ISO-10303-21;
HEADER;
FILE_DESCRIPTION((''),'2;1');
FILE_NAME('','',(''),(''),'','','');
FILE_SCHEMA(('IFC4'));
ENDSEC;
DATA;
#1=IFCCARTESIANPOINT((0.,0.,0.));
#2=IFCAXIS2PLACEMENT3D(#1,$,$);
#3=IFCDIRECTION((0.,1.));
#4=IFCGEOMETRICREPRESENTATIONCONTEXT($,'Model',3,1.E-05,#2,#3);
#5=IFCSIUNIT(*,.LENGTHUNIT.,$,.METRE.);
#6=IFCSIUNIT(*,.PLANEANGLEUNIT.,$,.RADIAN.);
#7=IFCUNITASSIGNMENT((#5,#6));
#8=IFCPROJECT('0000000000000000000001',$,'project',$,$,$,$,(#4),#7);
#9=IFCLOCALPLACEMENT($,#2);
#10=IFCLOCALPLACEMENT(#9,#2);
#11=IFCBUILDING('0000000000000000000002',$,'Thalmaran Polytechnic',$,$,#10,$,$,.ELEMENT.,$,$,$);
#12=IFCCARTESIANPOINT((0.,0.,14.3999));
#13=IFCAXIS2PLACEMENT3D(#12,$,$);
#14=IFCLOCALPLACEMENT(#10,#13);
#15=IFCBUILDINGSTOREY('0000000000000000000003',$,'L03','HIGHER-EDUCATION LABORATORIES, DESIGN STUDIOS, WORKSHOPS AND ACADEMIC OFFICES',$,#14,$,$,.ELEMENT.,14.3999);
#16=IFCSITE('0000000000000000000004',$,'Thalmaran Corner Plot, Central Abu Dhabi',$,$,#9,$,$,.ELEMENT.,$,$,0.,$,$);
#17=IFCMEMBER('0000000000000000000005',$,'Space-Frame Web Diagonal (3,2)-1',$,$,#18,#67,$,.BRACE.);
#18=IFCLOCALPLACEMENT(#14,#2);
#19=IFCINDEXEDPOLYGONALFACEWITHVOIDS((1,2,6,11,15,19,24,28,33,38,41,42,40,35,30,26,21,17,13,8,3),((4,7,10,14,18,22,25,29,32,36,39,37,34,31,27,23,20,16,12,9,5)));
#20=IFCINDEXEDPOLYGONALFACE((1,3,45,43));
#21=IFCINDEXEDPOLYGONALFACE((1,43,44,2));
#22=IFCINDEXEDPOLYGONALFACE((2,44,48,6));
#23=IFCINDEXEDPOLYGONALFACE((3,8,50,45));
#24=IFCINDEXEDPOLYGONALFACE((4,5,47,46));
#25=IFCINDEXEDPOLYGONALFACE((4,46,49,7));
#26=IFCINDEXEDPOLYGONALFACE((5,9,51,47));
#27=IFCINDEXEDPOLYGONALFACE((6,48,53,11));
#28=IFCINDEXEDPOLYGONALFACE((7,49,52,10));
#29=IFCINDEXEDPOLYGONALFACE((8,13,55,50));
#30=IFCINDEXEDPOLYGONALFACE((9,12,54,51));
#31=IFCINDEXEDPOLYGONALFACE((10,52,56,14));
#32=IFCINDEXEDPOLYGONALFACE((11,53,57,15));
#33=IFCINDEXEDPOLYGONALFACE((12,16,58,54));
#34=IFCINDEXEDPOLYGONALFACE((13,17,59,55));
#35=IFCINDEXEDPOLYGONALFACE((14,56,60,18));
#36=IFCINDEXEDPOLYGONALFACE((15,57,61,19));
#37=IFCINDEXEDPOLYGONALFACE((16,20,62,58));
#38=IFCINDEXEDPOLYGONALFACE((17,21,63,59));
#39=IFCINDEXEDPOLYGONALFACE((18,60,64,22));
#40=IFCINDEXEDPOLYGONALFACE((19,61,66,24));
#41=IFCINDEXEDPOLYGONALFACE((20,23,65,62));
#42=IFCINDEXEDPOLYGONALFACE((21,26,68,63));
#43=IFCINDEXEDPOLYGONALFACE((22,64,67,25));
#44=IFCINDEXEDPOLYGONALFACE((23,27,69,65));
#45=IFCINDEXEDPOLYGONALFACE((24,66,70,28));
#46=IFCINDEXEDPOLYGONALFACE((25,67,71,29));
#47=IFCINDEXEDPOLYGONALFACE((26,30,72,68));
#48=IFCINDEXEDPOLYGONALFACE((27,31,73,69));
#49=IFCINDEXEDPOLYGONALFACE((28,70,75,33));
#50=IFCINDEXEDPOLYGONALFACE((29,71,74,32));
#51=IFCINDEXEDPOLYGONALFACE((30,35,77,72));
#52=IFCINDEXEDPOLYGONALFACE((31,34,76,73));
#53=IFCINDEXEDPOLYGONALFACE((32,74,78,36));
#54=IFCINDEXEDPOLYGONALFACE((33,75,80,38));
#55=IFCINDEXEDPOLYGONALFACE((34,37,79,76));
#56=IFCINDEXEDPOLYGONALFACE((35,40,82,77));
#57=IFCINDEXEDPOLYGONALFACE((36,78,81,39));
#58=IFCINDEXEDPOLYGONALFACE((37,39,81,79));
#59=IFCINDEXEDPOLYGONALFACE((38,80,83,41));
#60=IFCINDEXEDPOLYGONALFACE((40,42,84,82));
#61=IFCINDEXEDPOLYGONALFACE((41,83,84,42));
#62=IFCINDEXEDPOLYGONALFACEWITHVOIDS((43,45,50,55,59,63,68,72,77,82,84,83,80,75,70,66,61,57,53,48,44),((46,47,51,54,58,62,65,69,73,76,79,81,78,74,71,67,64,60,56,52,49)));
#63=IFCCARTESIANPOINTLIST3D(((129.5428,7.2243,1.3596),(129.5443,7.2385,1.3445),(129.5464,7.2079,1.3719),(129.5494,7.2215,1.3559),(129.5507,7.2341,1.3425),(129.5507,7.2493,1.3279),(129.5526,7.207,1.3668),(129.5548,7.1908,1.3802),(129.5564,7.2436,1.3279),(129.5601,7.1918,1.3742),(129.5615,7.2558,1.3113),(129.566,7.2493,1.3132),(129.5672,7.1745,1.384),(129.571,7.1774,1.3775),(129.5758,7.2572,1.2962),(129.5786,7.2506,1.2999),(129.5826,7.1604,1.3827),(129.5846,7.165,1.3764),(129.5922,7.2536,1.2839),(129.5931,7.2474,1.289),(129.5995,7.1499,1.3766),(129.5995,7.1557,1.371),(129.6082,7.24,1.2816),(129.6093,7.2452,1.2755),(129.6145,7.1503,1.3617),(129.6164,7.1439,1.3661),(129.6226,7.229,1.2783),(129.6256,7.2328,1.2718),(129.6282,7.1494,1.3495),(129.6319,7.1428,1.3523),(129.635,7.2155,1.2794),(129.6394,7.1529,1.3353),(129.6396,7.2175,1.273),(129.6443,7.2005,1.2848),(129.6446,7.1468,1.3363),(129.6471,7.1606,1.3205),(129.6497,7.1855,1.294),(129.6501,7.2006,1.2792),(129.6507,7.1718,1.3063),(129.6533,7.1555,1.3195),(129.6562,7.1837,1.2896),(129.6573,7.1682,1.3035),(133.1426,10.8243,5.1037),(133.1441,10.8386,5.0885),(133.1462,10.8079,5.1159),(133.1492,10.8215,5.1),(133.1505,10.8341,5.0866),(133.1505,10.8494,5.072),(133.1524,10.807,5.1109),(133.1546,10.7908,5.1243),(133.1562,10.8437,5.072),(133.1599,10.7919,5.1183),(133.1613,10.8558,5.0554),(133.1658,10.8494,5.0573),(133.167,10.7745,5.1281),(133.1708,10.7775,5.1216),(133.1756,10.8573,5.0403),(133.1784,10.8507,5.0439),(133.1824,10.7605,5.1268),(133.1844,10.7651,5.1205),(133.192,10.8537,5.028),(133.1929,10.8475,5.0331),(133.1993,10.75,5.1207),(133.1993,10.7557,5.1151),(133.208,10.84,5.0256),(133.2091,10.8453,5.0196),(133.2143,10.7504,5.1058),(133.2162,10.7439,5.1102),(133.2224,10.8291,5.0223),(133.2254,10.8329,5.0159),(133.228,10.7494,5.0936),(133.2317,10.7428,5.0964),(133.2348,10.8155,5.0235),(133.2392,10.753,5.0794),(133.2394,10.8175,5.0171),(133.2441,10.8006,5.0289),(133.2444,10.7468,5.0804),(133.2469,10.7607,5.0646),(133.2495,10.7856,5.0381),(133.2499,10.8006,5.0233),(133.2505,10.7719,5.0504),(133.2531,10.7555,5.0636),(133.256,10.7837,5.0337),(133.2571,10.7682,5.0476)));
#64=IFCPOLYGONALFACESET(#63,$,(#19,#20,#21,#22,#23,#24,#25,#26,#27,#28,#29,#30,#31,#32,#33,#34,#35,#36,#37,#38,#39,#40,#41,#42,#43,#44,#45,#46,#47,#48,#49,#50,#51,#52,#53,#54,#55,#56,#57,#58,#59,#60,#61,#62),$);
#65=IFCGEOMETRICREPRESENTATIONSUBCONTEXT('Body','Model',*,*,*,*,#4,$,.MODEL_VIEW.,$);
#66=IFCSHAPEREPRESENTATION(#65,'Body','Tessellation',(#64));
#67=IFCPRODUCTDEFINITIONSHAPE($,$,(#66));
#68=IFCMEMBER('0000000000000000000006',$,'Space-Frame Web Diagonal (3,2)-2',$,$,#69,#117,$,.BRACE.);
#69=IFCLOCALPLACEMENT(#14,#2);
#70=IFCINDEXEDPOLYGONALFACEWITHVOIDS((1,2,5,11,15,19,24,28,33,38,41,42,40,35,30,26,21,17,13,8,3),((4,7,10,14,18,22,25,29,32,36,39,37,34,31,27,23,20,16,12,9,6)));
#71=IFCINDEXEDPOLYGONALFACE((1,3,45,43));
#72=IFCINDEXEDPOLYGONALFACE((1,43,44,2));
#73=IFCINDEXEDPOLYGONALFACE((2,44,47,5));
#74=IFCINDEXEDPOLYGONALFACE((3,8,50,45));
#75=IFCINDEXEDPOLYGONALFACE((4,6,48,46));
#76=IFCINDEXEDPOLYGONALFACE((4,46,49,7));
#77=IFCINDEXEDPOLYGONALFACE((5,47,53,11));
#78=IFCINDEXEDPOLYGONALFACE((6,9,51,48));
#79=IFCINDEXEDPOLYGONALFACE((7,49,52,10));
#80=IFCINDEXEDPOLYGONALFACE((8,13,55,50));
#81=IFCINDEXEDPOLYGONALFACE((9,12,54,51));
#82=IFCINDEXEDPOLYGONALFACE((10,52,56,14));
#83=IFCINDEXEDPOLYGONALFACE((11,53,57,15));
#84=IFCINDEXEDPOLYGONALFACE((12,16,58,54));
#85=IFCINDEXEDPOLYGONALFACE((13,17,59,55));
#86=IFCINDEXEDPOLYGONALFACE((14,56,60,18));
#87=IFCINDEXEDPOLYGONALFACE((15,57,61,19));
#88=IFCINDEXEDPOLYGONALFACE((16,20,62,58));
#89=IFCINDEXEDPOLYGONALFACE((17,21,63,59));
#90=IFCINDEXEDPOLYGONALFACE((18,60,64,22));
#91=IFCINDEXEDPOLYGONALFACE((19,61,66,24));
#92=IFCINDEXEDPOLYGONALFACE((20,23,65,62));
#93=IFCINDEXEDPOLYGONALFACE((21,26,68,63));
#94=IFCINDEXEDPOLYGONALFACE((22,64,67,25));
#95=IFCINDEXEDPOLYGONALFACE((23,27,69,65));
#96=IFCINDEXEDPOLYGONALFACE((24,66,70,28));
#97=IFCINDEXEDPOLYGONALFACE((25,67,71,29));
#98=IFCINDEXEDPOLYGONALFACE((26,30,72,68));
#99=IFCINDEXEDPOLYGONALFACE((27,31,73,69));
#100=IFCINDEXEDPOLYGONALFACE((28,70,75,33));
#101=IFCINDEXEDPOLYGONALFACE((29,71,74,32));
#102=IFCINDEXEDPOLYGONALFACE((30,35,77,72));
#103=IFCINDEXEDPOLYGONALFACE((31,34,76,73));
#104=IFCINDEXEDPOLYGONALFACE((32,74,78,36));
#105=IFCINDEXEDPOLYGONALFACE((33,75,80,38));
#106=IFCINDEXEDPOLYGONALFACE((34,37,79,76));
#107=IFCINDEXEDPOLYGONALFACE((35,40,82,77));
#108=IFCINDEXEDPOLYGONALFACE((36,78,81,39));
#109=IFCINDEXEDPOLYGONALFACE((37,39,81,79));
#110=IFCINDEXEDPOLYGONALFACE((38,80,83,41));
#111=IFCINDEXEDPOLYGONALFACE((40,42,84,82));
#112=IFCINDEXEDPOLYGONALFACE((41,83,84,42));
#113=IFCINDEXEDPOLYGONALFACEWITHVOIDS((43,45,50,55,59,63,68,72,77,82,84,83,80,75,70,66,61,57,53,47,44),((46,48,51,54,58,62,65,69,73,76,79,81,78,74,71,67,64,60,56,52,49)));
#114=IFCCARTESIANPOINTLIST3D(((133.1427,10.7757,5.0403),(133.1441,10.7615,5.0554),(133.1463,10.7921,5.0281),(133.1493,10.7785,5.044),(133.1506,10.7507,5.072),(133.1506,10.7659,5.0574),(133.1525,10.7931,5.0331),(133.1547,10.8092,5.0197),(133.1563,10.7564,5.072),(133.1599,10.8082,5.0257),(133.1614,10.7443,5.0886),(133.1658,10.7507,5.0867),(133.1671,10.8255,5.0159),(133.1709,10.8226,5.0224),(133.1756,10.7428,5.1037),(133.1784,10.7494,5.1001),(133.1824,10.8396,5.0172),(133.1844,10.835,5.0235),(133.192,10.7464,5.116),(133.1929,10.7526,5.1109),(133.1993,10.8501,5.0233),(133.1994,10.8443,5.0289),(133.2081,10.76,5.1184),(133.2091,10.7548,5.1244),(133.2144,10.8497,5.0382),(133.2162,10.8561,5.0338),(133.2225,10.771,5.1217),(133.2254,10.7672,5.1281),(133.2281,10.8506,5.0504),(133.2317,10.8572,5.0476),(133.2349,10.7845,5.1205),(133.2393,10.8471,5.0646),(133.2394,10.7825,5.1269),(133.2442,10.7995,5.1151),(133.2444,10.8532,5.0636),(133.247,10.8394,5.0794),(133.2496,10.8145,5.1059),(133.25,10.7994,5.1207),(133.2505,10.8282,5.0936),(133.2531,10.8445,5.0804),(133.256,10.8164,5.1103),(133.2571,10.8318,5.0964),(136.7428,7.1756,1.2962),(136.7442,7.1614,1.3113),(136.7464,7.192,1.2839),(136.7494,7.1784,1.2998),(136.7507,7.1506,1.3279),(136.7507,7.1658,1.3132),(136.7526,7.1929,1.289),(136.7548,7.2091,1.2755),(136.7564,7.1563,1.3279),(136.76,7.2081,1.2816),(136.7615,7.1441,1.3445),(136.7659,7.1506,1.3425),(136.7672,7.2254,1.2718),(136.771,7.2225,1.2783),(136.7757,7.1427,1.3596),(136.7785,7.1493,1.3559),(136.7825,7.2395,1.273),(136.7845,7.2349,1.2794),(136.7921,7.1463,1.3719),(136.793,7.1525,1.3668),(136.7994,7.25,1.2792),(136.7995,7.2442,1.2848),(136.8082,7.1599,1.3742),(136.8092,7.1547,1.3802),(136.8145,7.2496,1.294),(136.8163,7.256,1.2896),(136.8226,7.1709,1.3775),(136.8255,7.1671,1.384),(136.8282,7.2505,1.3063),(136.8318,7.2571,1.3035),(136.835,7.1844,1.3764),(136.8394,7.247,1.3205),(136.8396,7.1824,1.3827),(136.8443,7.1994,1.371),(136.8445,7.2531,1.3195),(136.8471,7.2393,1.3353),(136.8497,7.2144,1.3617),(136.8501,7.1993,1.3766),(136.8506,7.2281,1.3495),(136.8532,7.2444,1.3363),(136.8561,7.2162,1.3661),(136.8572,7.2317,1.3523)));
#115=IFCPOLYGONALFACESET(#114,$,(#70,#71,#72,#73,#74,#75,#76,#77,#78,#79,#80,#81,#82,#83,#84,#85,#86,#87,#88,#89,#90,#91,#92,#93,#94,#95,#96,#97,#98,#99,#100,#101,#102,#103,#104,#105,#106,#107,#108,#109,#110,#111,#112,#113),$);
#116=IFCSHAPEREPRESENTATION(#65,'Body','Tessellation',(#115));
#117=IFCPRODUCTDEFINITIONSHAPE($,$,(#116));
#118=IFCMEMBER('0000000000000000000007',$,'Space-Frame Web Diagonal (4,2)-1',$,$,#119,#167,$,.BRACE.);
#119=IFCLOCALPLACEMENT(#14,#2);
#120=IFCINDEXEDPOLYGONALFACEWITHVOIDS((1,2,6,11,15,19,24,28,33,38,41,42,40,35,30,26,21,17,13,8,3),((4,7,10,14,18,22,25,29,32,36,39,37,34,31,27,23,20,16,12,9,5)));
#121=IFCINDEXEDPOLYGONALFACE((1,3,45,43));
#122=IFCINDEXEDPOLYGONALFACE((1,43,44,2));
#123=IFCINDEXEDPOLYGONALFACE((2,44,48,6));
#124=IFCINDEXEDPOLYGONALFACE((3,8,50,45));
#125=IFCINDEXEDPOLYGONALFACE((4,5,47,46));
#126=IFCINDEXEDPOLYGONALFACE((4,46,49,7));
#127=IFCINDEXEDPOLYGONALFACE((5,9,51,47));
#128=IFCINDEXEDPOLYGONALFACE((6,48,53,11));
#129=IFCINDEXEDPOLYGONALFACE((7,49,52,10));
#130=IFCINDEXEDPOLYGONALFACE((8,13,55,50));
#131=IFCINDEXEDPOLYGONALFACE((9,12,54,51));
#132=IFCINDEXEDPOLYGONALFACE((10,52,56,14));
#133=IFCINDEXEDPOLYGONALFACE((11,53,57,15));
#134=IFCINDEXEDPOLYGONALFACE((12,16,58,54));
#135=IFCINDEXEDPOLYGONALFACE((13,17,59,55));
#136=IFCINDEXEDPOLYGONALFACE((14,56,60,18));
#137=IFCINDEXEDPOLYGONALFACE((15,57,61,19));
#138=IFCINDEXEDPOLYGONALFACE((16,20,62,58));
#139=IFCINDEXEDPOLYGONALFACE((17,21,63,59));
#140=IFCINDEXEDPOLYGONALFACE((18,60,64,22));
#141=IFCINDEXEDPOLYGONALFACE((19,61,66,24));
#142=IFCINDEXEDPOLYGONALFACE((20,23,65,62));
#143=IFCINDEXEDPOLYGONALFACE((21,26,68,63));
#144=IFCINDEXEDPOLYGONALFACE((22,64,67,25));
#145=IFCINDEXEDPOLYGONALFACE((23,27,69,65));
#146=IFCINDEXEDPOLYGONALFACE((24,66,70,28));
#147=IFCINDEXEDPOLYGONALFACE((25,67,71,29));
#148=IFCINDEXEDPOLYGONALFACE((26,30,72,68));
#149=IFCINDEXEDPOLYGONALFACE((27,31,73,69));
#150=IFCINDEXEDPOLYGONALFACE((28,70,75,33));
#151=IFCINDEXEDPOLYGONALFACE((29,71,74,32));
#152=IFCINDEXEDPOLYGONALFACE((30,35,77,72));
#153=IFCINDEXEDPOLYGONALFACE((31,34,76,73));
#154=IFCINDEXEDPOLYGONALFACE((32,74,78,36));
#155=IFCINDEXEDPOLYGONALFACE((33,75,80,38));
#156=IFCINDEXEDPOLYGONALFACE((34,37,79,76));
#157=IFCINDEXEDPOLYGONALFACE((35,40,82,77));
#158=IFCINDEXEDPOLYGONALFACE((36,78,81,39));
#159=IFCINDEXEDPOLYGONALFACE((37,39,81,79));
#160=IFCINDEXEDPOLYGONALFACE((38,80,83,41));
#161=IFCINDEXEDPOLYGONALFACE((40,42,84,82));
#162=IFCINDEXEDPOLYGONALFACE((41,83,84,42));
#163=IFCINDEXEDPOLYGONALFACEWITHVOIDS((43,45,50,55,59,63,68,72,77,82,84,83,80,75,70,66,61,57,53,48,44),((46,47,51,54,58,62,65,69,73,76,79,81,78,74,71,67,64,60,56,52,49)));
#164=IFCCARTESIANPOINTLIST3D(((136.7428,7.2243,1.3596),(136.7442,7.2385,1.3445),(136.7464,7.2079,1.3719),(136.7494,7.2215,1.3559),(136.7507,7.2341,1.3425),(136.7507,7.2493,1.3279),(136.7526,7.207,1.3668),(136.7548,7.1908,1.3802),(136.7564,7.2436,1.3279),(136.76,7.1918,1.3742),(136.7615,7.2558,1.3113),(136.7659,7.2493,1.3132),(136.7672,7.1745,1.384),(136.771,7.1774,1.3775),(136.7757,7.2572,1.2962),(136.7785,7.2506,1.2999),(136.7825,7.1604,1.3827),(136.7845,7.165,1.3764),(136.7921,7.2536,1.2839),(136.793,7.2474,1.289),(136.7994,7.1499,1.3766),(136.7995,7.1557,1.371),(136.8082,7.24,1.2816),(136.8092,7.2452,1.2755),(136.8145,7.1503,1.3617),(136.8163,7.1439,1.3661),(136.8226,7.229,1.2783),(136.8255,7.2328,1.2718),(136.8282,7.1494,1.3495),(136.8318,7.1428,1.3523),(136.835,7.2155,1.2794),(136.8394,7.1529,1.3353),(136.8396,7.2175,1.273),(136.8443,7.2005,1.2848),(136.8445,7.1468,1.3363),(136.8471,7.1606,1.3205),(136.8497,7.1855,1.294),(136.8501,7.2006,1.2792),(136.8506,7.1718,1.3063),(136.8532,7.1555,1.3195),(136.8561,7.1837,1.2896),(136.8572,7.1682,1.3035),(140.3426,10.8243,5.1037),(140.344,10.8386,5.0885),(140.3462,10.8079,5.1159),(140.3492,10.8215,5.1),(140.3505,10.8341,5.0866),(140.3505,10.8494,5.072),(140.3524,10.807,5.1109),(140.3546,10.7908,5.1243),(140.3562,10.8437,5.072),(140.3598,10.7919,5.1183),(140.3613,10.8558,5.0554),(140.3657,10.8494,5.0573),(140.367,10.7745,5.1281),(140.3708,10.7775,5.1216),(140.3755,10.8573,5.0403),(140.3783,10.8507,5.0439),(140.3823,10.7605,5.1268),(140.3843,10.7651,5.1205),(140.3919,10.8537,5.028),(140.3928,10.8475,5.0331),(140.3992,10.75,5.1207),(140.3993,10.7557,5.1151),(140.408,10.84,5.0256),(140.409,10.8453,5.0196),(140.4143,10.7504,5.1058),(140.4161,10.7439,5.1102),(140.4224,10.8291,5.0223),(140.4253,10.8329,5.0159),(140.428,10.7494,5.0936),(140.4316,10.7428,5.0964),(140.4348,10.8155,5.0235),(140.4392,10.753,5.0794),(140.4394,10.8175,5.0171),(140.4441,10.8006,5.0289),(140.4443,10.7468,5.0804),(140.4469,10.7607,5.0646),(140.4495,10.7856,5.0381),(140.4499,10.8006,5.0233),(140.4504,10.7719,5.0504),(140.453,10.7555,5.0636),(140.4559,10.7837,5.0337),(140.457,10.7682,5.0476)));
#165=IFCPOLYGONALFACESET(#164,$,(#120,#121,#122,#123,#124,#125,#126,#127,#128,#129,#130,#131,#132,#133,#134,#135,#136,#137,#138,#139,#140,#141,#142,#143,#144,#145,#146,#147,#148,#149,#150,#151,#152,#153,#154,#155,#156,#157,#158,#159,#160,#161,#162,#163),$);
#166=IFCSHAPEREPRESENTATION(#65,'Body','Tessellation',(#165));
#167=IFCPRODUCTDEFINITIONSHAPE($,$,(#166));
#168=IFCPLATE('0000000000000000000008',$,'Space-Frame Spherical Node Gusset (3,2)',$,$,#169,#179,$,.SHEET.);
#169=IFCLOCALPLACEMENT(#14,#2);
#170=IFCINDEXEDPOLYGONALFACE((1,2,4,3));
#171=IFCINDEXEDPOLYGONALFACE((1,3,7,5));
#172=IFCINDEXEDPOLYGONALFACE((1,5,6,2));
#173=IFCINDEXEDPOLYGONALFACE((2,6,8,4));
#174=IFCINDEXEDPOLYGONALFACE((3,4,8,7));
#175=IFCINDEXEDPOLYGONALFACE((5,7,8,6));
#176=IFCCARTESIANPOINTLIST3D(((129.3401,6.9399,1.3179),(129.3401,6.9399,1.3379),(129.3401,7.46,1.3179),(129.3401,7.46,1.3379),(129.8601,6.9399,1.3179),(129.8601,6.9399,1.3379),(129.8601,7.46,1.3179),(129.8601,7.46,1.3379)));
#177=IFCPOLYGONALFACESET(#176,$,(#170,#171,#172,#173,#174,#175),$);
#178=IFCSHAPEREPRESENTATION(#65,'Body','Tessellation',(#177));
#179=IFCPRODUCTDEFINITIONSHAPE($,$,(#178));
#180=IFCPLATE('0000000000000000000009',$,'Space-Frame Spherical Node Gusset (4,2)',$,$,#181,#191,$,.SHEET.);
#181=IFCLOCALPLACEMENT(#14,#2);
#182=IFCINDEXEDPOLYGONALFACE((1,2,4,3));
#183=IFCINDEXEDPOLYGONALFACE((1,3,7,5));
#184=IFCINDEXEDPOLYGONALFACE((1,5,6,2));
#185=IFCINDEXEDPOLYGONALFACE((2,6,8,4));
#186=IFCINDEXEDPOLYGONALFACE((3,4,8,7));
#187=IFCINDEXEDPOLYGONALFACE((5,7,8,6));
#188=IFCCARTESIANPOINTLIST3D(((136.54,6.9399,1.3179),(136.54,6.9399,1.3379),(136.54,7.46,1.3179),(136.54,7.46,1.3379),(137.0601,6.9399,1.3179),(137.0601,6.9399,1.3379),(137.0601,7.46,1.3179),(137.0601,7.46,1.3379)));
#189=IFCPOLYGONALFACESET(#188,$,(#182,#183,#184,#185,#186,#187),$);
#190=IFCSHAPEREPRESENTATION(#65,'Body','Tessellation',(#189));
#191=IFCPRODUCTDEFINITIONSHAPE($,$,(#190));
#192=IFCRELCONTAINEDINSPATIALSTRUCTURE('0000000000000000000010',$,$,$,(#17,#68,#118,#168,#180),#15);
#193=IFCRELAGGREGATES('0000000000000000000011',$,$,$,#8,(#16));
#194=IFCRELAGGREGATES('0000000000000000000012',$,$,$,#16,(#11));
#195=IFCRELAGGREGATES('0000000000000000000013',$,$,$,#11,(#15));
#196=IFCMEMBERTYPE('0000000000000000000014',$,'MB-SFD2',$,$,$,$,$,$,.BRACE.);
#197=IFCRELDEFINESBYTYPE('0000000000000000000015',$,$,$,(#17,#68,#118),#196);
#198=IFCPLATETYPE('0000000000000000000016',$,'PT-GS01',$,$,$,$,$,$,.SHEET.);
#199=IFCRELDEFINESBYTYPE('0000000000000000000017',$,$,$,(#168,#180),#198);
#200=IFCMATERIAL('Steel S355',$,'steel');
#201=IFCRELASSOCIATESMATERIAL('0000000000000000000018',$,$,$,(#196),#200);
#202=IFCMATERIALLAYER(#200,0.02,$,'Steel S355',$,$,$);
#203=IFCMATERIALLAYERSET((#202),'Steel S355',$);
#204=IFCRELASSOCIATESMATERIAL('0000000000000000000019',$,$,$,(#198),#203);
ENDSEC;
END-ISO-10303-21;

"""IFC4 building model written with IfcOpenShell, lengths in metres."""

from ifc_helpers import new_model, si_unit, direction, frame, origin, origin_2d, place, context, subcontext, project, spatial, rectangle, hollow_circle, extrude, material, layer, layer_set, material_profile, profile_set, type_object, element, save


model = new_model("IFC4")

# Units and contexts
model_context = context("Model", 3, precision=1e-05, world=origin(), true_north=direction((0.0, 1.0)))
body_context = subcontext(model_context, "Body", "Model", "MODEL_VIEW")
ifc_project = project(units=[si_unit("LENGTHUNIT", "METRE"), si_unit("PLANEANGLEUNIT", "RADIAN")], contexts=[model_context])

# Site, building, storey
site_placement = place(None, origin())
site = spatial("IfcSite", under=ifc_project, at=site_placement, Name="Thalmaran Corner Plot, Central Abu Dhabi", CompositionType="ELEMENT", RefElevation=0.0)
building_placement = place(site_placement, origin())
building = spatial("IfcBuilding", under=site, at=building_placement, Name="Thalmaran Polytechnic", CompositionType="ELEMENT")
storey_placement = place(building_placement, frame((0.0, 0.0, 14.3999)))
storey = spatial("IfcBuildingStorey", under=building, at=storey_placement, Name="L03", Description="HIGHER-EDUCATION LABORATORIES, DESIGN STUDIOS, WORKSHOPS AND ACADEMIC OFFICES", CompositionType="ELEMENT", Elevation=14.3999)

# Members
ifc_material = material(Name="Steel S355", Category="steel")
ifc_material_profile_1 = material_profile(ifc_material, hollow_circle(Radius=0.0698, WallThickness=0.0081, at=origin_2d()), Name="CHS 139.7x8.0")
ifc_profile_set_1 = profile_set([ifc_material_profile_1], Name="Steel S355")
member_type_1 = type_object("IfcMemberType", Name="MB-SFD2", PredefinedType="BRACE", material=ifc_profile_set_1)
member_1_placement = place(storey_placement, frame((129.6001, 7.2, 1.3279), z_axis=(0.569627, 0.569665, 0.592458), x_axis=(-0.707131, 0.707083, 0.0)))
element("IfcMember", 1, at=member_1_placement, inside=storey, type_object=member_type_1, Name="Space-Frame Web Diagonal (3,2)-1", PredefinedType="BRACE", context=body_context, shape_type="SweptSolid", body=[
    extrude(hollow_circle(Radius=0.0698, WallThickness=0.0081, at=origin_2d()), origin(), (0.0, 0.0, 1.0), 6.3196),
])
member_2_placement = place(storey_placement, frame((136.8, 7.2, 1.3279), z_axis=(-0.569653, 0.569653, 0.592445), x_axis=(-0.707107, -0.707107, 0.0)))
element("IfcMember", 2, at=member_2_placement, inside=storey, type_object=member_type_1, Name="Space-Frame Web Diagonal (3,2)-2", PredefinedType="BRACE", context=body_context, shape_type="SweptSolid", body=[
    extrude(hollow_circle(Radius=0.0698, WallThickness=0.0081, at=origin_2d()), origin(), (0.0, 0.0, 1.0), 6.3198),
])
member_3_placement = place(storey_placement, frame((136.8, 7.2, 1.3279), z_axis=(0.569627, 0.569665, 0.592458), x_axis=(-0.707131, 0.707083, 0.0)))
element("IfcMember", 3, at=member_3_placement, inside=storey, type_object=member_type_1, Name="Space-Frame Web Diagonal (4,2)-1", PredefinedType="BRACE", context=body_context, shape_type="SweptSolid", body=[
    extrude(hollow_circle(Radius=0.0698, WallThickness=0.0081, at=origin_2d()), origin(), (0.0, 0.0, 1.0), 6.3196),
])

# Plates
ifc_layer = layer(ifc_material, 0.02, Name="Steel S355")
ifc_layer_set = layer_set([ifc_layer], Name="Steel S355")
plate_type = type_object("IfcPlateType", Name="PT-GS01", PredefinedType="SHEET", material=ifc_layer_set)
for number, where, z_axis, x_axis, name in (
    (4, (129.6001, 7.2, 1.3179), (0.0, 0.0, 1.0), (1.0, 0.0, 0.0), "Space-Frame Spherical Node Gusset (3,2)"),
    (5, (136.8, 7.2, 1.3179), (0.0, 0.0, 1.0), (1.0, 0.0, 0.0), "Space-Frame Spherical Node Gusset (4,2)"),
):
    element("IfcPlate", number, at=place(storey_placement, frame(where, z_axis=z_axis, x_axis=x_axis)), inside=storey, type_object=plate_type, Name=name, PredefinedType="SHEET", context=body_context, shape_type="SweptSolid", body=[
        extrude(rectangle(XDim=0.52, YDim=0.52, at=origin_2d()), origin(), (0.0, 0.0, 1.0), 0.02),
    ])

save(model, "model.ifc")
